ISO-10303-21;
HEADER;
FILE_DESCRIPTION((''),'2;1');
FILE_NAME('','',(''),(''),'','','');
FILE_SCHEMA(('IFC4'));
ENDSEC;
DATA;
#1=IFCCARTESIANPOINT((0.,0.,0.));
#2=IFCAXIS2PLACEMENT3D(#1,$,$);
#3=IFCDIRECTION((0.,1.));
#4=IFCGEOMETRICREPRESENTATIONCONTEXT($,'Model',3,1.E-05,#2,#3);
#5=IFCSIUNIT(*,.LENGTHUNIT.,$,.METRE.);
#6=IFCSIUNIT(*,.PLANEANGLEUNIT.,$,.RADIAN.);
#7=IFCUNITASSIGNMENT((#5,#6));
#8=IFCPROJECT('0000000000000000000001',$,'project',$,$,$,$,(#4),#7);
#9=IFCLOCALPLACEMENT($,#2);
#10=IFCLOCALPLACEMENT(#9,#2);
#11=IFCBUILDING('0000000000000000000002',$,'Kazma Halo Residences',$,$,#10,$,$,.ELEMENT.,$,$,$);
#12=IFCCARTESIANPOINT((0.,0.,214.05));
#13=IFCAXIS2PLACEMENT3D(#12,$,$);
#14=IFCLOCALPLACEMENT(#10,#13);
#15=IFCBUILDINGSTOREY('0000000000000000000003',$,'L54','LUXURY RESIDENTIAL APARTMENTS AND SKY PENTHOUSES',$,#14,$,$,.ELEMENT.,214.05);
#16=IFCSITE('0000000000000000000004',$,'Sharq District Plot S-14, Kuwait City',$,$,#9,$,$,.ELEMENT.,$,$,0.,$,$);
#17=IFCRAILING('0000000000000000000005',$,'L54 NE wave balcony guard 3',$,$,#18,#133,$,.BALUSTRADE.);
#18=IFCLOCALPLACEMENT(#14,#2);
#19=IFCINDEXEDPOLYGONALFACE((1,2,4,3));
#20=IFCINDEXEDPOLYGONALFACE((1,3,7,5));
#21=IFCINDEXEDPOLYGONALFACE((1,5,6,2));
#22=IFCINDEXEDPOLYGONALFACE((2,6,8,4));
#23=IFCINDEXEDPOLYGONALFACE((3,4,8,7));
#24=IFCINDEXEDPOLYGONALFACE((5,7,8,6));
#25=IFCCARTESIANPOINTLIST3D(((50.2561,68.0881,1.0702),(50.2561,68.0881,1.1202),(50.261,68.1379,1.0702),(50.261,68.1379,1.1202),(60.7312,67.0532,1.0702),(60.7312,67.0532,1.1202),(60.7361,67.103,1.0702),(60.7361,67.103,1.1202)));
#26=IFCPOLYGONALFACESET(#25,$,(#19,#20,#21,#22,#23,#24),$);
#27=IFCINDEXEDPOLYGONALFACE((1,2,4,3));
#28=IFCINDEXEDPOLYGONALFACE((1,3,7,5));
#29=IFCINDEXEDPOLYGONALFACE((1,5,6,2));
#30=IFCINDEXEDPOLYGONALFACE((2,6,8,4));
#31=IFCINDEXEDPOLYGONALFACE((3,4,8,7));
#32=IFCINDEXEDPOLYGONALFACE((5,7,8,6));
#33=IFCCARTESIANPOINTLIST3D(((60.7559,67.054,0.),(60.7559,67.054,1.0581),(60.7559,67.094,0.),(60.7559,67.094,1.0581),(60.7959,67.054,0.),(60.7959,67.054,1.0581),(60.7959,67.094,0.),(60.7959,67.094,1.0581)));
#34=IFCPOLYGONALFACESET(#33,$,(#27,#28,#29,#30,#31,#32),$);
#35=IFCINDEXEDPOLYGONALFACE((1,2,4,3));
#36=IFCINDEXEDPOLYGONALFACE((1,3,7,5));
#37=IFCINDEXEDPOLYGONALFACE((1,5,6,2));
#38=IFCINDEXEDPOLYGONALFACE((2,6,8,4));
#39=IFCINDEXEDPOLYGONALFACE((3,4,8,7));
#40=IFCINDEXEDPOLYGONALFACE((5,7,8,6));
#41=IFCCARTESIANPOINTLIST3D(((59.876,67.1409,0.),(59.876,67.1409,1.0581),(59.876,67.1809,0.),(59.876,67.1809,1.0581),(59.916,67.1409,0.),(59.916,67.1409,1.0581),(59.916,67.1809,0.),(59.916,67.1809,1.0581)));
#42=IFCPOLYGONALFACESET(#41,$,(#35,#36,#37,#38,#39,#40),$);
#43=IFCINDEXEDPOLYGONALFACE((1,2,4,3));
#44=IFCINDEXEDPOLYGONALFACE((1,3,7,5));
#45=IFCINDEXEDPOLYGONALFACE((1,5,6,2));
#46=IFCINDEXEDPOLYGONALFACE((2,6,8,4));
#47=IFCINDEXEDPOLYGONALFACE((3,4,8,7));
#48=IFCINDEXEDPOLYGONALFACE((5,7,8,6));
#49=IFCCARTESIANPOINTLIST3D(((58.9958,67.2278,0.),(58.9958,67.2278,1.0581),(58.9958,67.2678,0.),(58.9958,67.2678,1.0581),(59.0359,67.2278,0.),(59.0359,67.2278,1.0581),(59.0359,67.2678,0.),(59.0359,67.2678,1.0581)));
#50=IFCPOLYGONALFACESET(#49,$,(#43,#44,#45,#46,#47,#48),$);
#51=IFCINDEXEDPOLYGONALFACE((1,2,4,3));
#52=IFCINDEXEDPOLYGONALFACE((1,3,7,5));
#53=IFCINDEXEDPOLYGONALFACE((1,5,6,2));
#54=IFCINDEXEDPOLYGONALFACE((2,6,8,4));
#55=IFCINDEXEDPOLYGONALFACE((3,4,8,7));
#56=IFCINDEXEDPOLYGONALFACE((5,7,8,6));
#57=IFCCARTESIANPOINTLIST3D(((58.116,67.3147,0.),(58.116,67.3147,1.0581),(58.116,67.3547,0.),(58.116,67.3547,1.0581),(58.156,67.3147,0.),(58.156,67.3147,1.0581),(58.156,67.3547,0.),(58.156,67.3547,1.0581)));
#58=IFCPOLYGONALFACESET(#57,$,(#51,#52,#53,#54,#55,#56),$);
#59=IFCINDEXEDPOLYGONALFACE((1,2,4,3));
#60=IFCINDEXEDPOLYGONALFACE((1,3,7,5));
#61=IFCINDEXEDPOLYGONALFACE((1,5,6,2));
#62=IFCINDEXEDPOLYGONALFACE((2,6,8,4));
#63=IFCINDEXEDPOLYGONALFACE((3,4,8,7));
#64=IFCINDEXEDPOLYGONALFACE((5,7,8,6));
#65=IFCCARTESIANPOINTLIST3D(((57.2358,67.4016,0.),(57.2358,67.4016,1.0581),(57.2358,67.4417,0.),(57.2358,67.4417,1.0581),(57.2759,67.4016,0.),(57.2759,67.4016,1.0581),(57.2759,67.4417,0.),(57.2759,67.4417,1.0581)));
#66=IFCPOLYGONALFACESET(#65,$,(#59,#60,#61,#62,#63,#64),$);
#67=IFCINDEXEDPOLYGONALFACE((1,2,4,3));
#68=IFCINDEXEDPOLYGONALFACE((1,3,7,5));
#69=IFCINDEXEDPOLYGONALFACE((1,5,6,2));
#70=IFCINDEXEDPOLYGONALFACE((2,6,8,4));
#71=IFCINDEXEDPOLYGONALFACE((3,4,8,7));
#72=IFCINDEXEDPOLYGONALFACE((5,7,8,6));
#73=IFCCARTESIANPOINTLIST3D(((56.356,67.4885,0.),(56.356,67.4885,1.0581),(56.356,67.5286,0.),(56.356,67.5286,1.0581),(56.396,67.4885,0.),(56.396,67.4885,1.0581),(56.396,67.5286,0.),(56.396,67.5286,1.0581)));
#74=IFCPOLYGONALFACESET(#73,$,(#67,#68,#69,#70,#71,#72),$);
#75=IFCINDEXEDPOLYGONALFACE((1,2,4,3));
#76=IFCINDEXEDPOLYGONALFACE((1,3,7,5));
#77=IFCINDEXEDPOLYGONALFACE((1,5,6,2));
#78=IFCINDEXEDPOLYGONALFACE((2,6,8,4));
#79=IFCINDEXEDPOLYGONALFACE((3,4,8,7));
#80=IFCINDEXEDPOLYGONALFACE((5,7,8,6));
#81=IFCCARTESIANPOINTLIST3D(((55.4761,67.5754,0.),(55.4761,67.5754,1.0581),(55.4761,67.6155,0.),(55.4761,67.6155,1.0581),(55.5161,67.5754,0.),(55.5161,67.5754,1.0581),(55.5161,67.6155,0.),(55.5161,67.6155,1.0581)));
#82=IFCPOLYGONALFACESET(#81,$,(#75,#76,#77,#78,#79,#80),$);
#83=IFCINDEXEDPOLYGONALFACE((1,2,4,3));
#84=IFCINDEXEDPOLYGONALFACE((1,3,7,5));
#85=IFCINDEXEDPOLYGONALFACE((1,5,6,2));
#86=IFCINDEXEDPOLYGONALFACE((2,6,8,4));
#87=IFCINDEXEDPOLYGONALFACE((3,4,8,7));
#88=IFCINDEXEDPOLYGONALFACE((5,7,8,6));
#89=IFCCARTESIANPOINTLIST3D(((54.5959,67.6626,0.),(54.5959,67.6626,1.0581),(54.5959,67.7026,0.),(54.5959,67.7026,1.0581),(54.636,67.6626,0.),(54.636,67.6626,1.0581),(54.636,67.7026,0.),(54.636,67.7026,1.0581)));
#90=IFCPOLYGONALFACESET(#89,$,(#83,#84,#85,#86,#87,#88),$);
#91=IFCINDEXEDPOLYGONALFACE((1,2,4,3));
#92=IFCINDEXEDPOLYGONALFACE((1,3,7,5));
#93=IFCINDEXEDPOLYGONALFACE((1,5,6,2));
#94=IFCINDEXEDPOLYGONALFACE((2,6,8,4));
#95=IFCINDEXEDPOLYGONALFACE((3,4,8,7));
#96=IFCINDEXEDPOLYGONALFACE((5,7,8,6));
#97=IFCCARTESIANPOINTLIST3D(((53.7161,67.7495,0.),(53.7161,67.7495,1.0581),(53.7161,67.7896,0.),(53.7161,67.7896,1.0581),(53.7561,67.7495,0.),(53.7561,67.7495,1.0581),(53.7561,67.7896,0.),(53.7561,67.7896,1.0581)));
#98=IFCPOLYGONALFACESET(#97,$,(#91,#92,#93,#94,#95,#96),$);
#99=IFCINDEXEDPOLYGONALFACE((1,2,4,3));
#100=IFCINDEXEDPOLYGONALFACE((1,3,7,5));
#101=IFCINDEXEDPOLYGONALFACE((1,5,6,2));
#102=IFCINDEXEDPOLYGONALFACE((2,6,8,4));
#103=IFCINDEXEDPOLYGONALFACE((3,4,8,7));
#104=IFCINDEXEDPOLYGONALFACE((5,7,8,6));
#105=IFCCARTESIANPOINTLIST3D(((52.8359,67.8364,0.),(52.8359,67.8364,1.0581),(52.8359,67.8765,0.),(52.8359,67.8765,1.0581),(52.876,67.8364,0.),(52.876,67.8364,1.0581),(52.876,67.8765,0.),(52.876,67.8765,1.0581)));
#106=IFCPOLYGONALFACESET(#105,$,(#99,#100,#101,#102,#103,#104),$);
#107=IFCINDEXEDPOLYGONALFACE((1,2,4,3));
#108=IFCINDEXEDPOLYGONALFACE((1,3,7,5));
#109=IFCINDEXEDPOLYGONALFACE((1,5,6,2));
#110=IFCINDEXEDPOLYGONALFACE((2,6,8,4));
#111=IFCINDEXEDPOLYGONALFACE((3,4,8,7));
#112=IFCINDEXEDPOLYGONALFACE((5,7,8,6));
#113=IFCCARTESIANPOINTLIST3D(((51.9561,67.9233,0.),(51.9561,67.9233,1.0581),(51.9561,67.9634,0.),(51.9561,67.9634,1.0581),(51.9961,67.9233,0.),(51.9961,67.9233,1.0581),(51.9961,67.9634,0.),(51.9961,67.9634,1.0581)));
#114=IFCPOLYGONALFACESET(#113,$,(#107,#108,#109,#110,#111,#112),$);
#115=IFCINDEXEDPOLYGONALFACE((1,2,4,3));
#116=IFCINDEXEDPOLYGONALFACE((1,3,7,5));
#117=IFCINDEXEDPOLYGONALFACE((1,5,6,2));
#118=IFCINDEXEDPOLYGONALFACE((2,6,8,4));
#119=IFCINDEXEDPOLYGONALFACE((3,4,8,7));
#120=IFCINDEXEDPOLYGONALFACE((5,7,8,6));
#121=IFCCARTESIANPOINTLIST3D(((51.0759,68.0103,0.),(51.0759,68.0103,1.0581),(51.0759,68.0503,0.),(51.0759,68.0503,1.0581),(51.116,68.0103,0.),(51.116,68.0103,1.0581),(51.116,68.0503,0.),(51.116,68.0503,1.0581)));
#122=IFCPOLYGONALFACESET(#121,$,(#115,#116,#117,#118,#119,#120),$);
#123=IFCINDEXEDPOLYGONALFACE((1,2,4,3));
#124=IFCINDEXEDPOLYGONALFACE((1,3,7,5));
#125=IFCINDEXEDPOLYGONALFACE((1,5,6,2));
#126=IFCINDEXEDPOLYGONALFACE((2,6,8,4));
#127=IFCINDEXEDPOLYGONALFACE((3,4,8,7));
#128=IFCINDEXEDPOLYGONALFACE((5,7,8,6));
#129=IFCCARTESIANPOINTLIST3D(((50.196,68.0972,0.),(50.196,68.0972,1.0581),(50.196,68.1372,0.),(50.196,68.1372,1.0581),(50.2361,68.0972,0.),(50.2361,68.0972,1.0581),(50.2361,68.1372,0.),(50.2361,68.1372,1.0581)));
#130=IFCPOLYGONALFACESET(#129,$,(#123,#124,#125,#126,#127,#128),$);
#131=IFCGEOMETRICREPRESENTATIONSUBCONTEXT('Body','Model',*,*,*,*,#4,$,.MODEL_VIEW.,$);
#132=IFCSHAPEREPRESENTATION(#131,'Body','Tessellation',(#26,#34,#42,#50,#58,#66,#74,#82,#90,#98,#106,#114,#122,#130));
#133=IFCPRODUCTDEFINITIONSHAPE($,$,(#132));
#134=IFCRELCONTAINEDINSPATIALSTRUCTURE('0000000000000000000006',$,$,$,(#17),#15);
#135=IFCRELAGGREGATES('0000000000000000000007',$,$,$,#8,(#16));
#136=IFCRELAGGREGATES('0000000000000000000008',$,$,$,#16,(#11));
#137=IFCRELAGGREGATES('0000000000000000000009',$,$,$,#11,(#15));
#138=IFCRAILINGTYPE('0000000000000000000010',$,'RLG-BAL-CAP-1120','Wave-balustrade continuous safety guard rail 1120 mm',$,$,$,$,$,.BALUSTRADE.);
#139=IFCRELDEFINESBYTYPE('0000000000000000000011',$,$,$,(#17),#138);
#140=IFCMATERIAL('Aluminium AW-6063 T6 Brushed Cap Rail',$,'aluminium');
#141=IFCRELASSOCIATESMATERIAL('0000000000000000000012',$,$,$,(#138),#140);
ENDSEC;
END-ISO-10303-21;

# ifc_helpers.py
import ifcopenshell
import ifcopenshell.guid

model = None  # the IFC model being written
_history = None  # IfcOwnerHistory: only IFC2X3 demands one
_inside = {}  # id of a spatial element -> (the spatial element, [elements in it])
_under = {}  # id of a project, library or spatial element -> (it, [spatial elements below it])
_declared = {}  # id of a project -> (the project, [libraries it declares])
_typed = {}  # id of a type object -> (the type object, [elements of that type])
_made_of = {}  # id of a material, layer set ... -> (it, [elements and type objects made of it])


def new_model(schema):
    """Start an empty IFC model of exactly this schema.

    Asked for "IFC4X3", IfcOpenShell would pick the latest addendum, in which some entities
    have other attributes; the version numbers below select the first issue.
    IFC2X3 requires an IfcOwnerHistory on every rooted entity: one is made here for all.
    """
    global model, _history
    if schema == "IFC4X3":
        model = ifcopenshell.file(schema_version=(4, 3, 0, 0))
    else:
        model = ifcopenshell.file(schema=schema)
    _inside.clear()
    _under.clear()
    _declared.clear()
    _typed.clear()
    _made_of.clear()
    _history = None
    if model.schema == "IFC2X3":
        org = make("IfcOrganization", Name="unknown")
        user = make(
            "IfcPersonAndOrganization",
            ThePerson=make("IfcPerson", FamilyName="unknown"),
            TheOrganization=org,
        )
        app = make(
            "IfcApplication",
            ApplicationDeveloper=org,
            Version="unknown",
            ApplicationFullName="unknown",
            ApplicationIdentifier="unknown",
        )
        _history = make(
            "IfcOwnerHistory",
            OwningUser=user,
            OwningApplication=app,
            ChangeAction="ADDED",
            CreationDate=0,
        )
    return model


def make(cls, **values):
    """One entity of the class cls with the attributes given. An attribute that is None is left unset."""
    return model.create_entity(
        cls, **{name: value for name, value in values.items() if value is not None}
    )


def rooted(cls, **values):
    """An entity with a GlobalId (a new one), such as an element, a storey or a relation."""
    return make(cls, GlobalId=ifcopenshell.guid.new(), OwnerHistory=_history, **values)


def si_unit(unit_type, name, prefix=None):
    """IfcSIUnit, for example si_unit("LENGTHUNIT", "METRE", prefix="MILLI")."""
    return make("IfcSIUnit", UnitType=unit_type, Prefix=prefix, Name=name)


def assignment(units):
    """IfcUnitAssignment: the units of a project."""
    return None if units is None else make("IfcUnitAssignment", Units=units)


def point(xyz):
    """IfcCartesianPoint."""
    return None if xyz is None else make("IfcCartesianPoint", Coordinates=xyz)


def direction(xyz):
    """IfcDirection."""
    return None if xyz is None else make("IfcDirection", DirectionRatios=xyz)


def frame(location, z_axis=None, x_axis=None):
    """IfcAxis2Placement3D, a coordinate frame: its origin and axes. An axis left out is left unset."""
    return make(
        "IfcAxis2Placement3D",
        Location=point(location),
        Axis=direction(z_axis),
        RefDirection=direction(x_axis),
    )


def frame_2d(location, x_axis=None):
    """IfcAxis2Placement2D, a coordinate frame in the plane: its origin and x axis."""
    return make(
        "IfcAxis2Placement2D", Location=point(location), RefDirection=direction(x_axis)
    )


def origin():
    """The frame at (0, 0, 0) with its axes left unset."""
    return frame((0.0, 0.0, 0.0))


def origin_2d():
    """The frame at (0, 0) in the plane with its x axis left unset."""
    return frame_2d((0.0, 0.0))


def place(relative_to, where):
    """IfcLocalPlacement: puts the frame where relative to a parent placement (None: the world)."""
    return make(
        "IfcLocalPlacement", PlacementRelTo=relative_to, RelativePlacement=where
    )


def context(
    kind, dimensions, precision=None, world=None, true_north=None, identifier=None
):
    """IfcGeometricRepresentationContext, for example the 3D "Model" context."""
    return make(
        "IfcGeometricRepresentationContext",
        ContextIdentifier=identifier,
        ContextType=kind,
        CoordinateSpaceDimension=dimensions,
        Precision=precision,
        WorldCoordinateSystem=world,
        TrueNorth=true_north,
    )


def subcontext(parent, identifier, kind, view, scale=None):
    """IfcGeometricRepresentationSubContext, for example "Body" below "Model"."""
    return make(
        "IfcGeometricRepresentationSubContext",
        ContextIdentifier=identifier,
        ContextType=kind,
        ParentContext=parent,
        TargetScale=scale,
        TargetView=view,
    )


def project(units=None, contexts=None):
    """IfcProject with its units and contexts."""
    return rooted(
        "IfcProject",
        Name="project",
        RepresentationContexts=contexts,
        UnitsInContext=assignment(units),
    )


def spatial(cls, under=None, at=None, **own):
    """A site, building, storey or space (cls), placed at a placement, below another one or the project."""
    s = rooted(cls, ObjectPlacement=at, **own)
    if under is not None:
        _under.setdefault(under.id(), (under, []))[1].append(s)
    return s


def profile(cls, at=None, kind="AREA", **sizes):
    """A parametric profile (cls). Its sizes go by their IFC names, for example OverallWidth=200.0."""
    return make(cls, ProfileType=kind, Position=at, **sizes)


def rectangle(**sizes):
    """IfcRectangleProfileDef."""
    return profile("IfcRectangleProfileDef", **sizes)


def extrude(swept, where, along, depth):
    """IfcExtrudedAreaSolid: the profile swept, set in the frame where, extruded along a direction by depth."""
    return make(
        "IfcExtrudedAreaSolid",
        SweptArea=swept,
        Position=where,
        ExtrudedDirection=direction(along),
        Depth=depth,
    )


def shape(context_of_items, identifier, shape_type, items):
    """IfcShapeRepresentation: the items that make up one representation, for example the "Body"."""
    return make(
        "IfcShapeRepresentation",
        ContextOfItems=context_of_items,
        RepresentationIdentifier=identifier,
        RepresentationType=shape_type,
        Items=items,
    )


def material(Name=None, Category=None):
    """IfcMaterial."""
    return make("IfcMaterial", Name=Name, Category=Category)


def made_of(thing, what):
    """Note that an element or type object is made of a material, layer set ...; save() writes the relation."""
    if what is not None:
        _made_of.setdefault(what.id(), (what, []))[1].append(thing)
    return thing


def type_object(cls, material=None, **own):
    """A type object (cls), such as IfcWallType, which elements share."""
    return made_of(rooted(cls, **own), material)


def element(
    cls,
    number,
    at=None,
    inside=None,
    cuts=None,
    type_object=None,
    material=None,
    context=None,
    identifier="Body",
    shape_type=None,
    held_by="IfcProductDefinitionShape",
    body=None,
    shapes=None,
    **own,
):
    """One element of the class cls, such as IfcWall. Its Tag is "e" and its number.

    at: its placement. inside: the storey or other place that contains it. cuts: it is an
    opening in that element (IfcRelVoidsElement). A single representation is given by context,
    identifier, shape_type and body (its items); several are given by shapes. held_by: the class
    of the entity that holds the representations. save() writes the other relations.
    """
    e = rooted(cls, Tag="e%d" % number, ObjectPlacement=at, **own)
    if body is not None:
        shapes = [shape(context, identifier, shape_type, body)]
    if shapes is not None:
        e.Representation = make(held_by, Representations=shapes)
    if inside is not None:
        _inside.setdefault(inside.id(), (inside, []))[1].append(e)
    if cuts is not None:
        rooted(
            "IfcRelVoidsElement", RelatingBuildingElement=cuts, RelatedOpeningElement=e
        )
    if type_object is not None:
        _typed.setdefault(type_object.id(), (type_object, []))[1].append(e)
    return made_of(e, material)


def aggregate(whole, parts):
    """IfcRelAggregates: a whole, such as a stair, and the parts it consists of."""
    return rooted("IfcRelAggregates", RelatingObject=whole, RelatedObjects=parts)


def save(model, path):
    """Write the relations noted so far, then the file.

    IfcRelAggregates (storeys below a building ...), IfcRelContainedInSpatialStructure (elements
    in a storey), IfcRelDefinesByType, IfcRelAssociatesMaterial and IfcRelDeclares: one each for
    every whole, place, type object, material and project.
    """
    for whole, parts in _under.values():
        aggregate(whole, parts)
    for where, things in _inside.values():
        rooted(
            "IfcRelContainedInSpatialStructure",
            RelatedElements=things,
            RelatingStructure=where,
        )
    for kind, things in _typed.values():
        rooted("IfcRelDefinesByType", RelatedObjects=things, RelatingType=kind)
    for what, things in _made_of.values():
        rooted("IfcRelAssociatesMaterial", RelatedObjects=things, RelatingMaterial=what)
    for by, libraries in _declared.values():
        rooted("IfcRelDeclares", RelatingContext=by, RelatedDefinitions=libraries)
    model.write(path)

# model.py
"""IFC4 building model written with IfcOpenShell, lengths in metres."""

from ifc_helpers import new_model, si_unit, direction, frame, origin, origin_2d, place, context, subcontext, project, spatial, rectangle, extrude, material, type_object, element, save


model = new_model("IFC4")

# Units and contexts
model_context = context("Model", 3, precision=1e-05, world=origin(), true_north=direction((0.0, 1.0)))
body_context = subcontext(model_context, "Body", "Model", "MODEL_VIEW")
ifc_project = project(units=[si_unit("LENGTHUNIT", "METRE"), si_unit("PLANEANGLEUNIT", "RADIAN")], contexts=[model_context])

# Site, building, storey
site_placement = place(None, origin())
site = spatial("IfcSite", under=ifc_project, at=site_placement, Name="Sharq District Plot S-14, Kuwait City", CompositionType="ELEMENT", RefElevation=0.0)
building_placement = place(site_placement, origin())
building = spatial("IfcBuilding", under=site, at=building_placement, Name="Kazma Halo Residences", CompositionType="ELEMENT")
storey_placement = place(building_placement, frame((0.0, 0.0, 214.05)))
storey = spatial("IfcBuildingStorey", under=building, at=storey_placement, Name="L54", Description="LUXURY RESIDENTIAL APARTMENTS AND SKY PENTHOUSES", CompositionType="ELEMENT", Elevation=214.05)

# Railing
ifc_material_1 = material(Name="Aluminium AW-6063 T6 Brushed Cap Rail", Category="aluminium")
railing_type = type_object("IfcRailingType", Name="RLG-BAL-CAP-1120", Description="Wave-balustrade continuous safety guard rail 1120 mm", PredefinedType="BALUSTRADE", material=ifc_material_1)
railing_1_placement = place(storey_placement, frame((60.7759, 67.074, 0.0)))
element("IfcRailing", 1, at=railing_1_placement, inside=storey, type_object=railing_type, Name="L54 NE wave balcony guard 3", PredefinedType="BALUSTRADE", context=body_context, shape_type="SweptSolid", body=[
    extrude(rectangle(XDim=0.05, YDim=0.05, at=origin_2d()), frame((-0.0422, 0.0042, 1.0952), z_axis=(-0.995156, 0.098312, 0.0), x_axis=(-0.098312, -0.995156, 0.0)), (0.0, 0.0, 1.0), 10.5261),
    extrude(rectangle(XDim=0.04, YDim=0.04, at=origin_2d()), origin(), (0.0, 0.0, 1.0), 1.0581),
    extrude(rectangle(XDim=0.04, YDim=0.04, at=origin_2d()), frame((-0.8799, 0.0869, 0.0)), (0.0, 0.0, 1.0), 1.0581),
    extrude(rectangle(XDim=0.04, YDim=0.04, at=origin_2d()), frame((-1.76, 0.1738, 0.0)), (0.0, 0.0, 1.0), 1.0581),
    extrude(rectangle(XDim=0.04, YDim=0.04, at=origin_2d()), frame((-2.6399, 0.2607, 0.0)), (0.0, 0.0, 1.0), 1.0581),
    extrude(rectangle(XDim=0.04, YDim=0.04, at=origin_2d()), frame((-3.52, 0.3477, 0.0)), (0.0, 0.0, 1.0), 1.0581),
    extrude(rectangle(XDim=0.04, YDim=0.04, at=origin_2d()), frame((-4.3999, 0.4346, 0.0)), (0.0, 0.0, 1.0), 1.0581),
    extrude(rectangle(XDim=0.04, YDim=0.04, at=origin_2d()), frame((-5.2798, 0.5215, 0.0)), (0.0, 0.0, 1.0), 1.0581),
    extrude(rectangle(XDim=0.04, YDim=0.04, at=origin_2d()), frame((-6.1599, 0.6086, 0.0)), (0.0, 0.0, 1.0), 1.0581),
    extrude(rectangle(XDim=0.04, YDim=0.04, at=origin_2d()), frame((-7.0398, 0.6956, 0.0)), (0.0, 0.0, 1.0), 1.0581),
    extrude(rectangle(XDim=0.04, YDim=0.04, at=origin_2d()), frame((-7.9199, 0.7825, 0.0)), (0.0, 0.0, 1.0), 1.0581),
    extrude(rectangle(XDim=0.04, YDim=0.04, at=origin_2d()), frame((-8.7998, 0.8694, 0.0)), (0.0, 0.0, 1.0), 1.0581),
    extrude(rectangle(XDim=0.04, YDim=0.04, at=origin_2d()), frame((-9.6799, 0.9563, 0.0)), (0.0, 0.0, 1.0), 1.0581),
    extrude(rectangle(XDim=0.04, YDim=0.04, at=origin_2d()), frame((-10.5598, 1.0432, 0.0)), (0.0, 0.0, 1.0), 1.0581),
])

save(model, "model.ifc")
